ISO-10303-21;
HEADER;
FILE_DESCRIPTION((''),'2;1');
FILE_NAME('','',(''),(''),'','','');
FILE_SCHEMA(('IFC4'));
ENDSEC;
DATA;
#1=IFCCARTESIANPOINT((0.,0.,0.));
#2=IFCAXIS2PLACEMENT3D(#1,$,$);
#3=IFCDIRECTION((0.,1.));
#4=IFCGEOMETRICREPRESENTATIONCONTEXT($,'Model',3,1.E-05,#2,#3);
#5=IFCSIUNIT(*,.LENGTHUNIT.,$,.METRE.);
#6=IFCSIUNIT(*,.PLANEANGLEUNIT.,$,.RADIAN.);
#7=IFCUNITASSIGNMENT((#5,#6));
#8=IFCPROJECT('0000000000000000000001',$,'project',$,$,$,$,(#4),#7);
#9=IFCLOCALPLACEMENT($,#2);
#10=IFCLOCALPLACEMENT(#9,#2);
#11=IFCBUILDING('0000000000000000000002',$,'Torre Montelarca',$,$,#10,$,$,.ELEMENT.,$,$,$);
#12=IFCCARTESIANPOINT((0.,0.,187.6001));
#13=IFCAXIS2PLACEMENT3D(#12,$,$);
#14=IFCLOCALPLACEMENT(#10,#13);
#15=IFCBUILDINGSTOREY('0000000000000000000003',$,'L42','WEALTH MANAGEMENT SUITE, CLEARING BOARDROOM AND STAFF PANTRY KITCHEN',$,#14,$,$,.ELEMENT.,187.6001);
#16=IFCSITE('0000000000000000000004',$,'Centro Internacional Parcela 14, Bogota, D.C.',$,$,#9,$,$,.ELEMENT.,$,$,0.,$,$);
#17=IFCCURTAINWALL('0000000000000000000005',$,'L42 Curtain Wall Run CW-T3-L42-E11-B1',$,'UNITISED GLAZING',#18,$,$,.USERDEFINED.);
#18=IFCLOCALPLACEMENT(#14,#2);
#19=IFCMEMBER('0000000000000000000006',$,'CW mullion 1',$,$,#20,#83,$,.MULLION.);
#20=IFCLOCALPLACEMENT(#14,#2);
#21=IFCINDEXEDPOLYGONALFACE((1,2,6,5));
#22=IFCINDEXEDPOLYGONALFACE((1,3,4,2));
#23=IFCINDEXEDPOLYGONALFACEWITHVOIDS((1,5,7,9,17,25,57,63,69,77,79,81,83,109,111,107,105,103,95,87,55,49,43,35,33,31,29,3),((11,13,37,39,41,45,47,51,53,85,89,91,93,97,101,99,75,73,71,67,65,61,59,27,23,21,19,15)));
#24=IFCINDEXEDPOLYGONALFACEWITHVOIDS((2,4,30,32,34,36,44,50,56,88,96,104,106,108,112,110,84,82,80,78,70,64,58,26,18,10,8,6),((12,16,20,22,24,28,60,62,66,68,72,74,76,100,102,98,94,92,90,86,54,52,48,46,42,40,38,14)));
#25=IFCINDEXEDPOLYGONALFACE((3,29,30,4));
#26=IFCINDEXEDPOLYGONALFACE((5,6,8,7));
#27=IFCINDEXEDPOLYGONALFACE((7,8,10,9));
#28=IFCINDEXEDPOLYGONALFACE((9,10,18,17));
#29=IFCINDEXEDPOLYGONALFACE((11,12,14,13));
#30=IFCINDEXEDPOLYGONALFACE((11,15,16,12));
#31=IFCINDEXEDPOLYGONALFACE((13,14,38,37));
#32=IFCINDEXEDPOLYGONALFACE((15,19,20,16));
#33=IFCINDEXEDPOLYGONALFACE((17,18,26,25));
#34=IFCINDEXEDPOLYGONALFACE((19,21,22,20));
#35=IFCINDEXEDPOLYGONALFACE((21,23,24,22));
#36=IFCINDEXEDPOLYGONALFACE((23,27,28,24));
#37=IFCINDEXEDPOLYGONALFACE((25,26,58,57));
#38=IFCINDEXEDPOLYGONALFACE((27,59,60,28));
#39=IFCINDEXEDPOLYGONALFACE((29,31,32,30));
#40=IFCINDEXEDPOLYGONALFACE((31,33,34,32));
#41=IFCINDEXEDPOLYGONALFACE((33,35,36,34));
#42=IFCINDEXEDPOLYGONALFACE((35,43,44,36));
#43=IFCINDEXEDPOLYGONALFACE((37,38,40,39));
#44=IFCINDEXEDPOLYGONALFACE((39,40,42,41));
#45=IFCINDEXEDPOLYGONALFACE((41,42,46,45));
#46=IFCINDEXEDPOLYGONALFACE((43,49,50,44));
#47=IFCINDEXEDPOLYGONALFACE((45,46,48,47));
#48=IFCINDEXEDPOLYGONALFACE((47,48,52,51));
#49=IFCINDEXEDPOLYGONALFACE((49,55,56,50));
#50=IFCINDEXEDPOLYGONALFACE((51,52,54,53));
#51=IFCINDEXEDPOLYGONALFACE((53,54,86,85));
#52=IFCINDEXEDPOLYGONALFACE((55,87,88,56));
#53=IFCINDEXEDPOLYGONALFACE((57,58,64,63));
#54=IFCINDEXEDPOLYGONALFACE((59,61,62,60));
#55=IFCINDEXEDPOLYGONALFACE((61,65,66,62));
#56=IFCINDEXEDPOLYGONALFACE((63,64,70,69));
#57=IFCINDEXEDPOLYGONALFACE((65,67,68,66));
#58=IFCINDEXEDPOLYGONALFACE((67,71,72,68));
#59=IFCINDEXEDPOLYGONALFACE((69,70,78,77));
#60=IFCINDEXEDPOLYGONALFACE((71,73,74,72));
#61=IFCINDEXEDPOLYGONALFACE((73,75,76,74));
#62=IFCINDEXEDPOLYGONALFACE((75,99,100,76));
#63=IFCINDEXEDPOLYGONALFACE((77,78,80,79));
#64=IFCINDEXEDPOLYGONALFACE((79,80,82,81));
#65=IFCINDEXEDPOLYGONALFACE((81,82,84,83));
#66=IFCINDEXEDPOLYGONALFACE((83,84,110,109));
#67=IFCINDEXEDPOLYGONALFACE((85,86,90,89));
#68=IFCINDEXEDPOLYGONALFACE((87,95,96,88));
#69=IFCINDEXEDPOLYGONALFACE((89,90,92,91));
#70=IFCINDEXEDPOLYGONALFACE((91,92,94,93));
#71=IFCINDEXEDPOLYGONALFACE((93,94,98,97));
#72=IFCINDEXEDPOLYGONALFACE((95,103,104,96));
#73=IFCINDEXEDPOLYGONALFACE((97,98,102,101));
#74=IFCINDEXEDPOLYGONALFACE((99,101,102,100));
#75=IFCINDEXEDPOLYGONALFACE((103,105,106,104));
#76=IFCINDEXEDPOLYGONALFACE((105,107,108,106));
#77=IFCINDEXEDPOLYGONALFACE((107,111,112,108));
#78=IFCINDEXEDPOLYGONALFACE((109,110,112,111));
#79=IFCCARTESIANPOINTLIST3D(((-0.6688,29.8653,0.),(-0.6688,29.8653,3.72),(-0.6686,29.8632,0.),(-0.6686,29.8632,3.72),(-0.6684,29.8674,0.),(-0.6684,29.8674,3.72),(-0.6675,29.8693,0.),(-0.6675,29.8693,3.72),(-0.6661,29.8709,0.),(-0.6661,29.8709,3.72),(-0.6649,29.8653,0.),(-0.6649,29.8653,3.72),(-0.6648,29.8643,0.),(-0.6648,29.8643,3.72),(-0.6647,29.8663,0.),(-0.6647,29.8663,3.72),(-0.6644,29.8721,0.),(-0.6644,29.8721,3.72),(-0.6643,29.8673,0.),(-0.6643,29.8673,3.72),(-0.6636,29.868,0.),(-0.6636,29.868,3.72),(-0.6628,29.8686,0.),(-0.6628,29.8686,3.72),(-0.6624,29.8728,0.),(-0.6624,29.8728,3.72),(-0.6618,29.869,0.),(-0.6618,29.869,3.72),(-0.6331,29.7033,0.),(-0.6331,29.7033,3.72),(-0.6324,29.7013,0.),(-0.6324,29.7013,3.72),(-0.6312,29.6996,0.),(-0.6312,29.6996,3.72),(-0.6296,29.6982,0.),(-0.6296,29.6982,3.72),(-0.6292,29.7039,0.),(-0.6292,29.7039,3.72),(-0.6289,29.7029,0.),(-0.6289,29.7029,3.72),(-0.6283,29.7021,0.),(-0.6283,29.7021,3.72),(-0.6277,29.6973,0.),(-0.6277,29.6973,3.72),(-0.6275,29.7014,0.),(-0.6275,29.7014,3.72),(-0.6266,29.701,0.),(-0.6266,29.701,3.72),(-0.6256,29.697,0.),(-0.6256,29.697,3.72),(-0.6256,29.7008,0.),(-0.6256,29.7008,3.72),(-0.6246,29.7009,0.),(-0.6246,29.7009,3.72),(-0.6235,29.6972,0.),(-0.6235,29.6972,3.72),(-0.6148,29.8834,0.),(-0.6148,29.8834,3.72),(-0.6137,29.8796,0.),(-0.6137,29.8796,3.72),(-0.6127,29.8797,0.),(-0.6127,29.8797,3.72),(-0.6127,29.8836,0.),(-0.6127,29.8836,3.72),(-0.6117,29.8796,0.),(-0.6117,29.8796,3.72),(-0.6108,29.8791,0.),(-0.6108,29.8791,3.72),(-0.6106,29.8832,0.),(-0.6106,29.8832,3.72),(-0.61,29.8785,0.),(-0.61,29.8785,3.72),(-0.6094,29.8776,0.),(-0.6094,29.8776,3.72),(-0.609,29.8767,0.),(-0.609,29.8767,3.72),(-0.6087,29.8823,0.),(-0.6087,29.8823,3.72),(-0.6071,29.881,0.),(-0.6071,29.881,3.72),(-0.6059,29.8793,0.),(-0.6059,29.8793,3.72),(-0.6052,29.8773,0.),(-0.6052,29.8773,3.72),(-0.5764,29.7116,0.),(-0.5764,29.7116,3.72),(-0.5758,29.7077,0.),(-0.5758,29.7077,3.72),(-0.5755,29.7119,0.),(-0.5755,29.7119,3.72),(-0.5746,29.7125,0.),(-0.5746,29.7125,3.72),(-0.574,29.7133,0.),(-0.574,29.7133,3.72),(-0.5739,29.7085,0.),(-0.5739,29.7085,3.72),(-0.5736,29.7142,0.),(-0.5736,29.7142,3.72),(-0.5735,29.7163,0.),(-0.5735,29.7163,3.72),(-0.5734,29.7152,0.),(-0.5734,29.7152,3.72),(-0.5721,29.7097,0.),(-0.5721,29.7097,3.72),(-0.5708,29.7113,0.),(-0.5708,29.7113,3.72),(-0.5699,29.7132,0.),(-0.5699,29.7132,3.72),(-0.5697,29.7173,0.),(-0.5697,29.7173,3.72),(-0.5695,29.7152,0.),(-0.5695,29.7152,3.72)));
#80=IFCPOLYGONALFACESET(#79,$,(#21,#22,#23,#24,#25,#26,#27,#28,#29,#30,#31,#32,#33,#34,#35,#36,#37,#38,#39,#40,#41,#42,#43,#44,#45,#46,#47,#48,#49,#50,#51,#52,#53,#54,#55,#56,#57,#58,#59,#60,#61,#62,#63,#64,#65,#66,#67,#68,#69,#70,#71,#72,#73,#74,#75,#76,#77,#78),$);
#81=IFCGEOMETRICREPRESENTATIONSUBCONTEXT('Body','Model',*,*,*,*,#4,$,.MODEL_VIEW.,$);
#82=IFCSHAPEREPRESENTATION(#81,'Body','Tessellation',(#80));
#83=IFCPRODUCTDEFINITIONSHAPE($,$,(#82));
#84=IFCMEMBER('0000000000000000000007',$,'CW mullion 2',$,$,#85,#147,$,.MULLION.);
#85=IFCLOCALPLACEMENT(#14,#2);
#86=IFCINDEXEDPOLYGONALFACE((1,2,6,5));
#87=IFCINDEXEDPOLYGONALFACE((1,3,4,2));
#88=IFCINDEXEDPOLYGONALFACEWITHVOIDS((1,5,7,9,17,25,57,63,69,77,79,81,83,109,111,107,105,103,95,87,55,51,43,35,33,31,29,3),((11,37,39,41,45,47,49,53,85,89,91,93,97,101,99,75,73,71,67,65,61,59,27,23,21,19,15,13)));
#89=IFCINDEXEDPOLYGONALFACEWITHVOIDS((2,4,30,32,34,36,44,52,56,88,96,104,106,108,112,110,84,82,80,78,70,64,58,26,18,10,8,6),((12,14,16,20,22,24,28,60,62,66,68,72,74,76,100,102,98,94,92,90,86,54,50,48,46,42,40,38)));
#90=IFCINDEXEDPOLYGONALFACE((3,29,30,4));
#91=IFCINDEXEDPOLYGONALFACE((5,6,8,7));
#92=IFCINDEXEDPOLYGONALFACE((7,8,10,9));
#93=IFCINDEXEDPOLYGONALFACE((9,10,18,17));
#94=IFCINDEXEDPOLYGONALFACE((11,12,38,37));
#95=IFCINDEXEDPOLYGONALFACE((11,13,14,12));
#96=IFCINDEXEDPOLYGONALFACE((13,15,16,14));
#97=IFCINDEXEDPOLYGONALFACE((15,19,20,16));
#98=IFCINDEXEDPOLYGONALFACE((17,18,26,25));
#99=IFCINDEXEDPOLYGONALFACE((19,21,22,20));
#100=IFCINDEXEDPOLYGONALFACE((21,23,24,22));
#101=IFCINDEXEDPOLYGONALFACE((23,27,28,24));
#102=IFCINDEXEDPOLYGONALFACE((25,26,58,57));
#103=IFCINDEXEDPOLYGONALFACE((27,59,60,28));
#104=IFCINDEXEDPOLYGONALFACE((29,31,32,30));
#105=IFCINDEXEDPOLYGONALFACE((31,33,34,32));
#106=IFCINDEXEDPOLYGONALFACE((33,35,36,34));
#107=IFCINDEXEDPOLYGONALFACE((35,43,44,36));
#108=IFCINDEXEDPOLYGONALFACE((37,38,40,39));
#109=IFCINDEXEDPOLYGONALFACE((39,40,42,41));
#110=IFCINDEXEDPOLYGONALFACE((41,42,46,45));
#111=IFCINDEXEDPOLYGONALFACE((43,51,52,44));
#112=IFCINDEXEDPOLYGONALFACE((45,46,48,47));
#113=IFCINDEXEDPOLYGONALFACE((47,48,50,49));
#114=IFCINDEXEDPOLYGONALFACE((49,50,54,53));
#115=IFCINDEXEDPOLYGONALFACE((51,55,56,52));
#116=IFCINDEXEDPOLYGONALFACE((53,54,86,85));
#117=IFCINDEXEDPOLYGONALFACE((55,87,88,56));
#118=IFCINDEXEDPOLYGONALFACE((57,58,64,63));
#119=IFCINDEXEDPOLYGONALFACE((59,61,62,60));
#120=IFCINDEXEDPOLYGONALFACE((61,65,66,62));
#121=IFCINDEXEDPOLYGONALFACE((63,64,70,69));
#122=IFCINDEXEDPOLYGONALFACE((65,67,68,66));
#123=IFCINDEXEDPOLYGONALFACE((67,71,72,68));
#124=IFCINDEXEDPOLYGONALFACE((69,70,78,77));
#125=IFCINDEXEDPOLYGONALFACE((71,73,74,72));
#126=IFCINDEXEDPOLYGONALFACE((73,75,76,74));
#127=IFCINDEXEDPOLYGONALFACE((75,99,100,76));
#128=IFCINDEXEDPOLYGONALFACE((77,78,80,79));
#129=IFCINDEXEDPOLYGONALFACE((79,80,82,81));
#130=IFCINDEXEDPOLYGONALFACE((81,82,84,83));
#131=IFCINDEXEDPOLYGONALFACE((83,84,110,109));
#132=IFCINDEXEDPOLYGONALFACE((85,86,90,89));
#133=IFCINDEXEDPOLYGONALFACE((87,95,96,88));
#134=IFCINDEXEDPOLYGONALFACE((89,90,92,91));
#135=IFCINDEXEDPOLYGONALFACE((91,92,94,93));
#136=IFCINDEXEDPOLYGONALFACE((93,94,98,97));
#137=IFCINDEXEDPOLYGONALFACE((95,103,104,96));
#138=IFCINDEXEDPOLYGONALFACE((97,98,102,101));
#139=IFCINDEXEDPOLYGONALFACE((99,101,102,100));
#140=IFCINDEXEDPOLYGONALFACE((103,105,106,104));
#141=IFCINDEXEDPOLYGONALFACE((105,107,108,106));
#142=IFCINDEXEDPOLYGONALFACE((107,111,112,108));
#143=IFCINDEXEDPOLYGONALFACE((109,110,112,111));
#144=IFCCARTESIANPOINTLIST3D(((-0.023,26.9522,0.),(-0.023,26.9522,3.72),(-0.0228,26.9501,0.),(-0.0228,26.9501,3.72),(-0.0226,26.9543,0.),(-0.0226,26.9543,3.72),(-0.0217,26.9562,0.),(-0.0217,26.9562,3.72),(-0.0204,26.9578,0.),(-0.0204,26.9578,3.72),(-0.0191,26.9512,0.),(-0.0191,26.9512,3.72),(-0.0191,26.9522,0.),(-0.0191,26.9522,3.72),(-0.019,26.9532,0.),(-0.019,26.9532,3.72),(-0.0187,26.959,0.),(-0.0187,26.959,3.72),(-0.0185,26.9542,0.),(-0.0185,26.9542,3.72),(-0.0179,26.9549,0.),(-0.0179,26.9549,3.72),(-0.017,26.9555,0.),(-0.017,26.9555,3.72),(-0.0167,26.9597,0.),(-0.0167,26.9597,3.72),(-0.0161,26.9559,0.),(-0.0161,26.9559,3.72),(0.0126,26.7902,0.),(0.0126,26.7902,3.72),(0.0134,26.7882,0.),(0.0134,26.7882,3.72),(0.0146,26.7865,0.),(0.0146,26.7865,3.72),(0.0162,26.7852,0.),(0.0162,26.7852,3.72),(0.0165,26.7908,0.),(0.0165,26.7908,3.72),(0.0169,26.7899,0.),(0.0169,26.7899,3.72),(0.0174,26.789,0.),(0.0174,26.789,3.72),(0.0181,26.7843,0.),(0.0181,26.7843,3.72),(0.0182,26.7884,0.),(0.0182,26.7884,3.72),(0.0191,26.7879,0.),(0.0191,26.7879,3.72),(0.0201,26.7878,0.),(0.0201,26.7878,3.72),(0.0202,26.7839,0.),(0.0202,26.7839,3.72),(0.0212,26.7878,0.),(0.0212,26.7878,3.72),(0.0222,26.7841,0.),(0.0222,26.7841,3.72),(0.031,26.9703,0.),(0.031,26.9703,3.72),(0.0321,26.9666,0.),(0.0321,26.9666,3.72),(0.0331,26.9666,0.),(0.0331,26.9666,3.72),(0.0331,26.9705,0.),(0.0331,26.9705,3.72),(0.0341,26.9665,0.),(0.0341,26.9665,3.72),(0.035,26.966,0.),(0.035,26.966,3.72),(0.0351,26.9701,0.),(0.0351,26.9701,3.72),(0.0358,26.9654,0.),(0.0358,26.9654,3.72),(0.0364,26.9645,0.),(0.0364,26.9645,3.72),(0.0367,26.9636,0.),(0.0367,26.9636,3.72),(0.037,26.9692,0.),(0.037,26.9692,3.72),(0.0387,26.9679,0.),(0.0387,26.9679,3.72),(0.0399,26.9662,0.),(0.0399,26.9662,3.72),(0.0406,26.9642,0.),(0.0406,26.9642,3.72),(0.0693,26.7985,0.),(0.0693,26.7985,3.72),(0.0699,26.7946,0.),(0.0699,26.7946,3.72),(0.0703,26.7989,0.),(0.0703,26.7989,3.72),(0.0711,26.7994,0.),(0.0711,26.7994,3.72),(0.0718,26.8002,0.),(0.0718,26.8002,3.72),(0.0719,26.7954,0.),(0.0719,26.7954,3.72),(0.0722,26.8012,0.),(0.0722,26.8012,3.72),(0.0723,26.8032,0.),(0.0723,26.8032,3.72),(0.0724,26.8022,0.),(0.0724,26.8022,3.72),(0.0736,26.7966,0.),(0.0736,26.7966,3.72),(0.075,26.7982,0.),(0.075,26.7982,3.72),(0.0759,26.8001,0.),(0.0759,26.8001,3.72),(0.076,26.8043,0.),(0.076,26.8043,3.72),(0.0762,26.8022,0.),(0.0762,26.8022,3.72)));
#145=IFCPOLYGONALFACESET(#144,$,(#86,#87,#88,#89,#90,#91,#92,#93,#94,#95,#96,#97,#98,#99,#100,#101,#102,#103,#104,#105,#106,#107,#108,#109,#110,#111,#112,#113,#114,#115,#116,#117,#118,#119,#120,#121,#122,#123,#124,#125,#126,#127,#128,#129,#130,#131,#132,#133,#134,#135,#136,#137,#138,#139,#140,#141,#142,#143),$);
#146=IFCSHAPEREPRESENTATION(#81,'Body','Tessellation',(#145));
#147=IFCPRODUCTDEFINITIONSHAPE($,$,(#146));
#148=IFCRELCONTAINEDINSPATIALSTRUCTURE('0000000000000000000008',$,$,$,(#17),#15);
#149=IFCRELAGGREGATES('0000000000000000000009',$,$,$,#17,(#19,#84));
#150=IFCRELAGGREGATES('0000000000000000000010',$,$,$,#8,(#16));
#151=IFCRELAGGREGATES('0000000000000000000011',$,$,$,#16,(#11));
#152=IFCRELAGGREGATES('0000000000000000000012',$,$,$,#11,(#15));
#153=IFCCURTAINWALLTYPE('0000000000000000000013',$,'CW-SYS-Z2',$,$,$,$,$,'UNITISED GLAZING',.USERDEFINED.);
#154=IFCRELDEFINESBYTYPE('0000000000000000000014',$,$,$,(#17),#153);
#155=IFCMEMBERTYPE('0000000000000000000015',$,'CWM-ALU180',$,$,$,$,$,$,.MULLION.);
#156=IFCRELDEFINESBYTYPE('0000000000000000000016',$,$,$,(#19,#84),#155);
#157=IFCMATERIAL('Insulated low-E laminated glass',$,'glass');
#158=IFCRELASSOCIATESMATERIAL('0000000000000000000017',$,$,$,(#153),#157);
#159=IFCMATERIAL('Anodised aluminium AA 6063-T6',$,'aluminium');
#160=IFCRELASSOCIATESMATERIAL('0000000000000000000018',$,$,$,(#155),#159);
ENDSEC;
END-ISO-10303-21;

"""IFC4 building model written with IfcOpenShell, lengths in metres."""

from ifc_helpers import new_model, si_unit, direction, frame, origin, origin_2d, place, context, subcontext, project, spatial, hollow_rectangle, extrude, source, transform, mapped, material, material_profile, profile_set, type_object, element, aggregate, save


model = new_model("IFC4")

# Units and contexts
model_context = context("Model", 3, precision=1e-05, world=origin(), true_north=direction((0.0, 1.0)))
body_context = subcontext(model_context, "Body", "Model", "MODEL_VIEW")
ifc_project = project(units=[si_unit("LENGTHUNIT", "METRE"), si_unit("PLANEANGLEUNIT", "RADIAN")], contexts=[model_context])

# Site, building, storey
site_placement = place(None, origin())
site = spatial("IfcSite", under=ifc_project, at=site_placement, Name="Centro Internacional Parcela 14, Bogota, D.C.", CompositionType="ELEMENT", RefElevation=0.0)
building_placement = place(site_placement, origin())
building = spatial("IfcBuilding", under=site, at=building_placement, Name="Torre Montelarca", CompositionType="ELEMENT")
storey_placement = place(building_placement, frame((0.0, 0.0, 187.6001)))
storey = spatial("IfcBuildingStorey", under=building, at=storey_placement, Name="L42", Description="WEALTH MANAGEMENT SUITE, CLEARING BOARDROOM AND STAFF PANTRY KITCHEN", CompositionType="ELEMENT", Elevation=187.6001)

# Curtain wall, members
ifc_material_1 = material(Name="Insulated low-E laminated glass", Category="glass")
curtain_wall_type = type_object("IfcCurtainWallType", Name="CW-SYS-Z2", ElementType="UNITISED GLAZING", PredefinedType="USERDEFINED", material=ifc_material_1)
curtain_wall_placement = place(storey_placement, origin())
curtain_wall = element("IfcCurtainWall", 1, at=curtain_wall_placement, inside=storey, type_object=curtain_wall_type, Name="L42 Curtain Wall Run CW-T3-L42-E11-B1", ObjectType="UNITISED GLAZING", PredefinedType="USERDEFINED")
ifc_material_2 = material(Name="Anodised aluminium AA 6063-T6", Category="aluminium")
ifc_material_profile_1 = material_profile(ifc_material_2, hollow_rectangle(XDim=0.0649, YDim=0.1799, WallThickness=0.0039, InnerFilletRadius=0.0039, OuterFilletRadius=0.0081, at=origin_2d()), Name="ALU65X180X4", Category="aluminium")
ifc_profile_set_1 = profile_set([ifc_material_profile_1], Name="Anodised aluminium AA 6063-T6")
member_type_1 = type_object("IfcMemberType", Name="CWM-ALU180", PredefinedType="MULLION", material=ifc_profile_set_1)
shared_shape_1 = source(origin(), body_context, "Body", "SweptSolid", [
    extrude(hollow_rectangle(XDim=0.0649, YDim=0.1799, WallThickness=0.0039, InnerFilletRadius=0.0039, OuterFilletRadius=0.0081, at=origin_2d()), origin(), (0.0, 0.0, 1.0), 3.72),
])
member_1_placement = place(storey_placement, frame((-0.6191, 29.7903, 0.0), z_axis=(0.0, 0.0, 1.0), x_axis=(0.976294, 0.216448, 0.0)))
member_1 = element("IfcMember", 2, at=member_1_placement, type_object=member_type_1, Name="CW mullion 1", PredefinedType="MULLION", context=body_context, shape_type="MappedRepresentation", body=[
    mapped(shared_shape_1, transform((0.0, 0.0, 0.0), scale=1.0)),
])
member_2_placement = place(storey_placement, frame((0.0266, 26.8772, 0.0), z_axis=(0.0, 0.0, 1.0), x_axis=(0.976294, 0.216448, 0.0)))
member_2 = element("IfcMember", 3, at=member_2_placement, type_object=member_type_1, Name="CW mullion 2", PredefinedType="MULLION", context=body_context, shape_type="MappedRepresentation", body=[
    mapped(shared_shape_1, transform((0.0, 0.0, 0.0), scale=1.0)),
])
aggregate(curtain_wall, [member_1, member_2])

save(model, "model.ifc")
